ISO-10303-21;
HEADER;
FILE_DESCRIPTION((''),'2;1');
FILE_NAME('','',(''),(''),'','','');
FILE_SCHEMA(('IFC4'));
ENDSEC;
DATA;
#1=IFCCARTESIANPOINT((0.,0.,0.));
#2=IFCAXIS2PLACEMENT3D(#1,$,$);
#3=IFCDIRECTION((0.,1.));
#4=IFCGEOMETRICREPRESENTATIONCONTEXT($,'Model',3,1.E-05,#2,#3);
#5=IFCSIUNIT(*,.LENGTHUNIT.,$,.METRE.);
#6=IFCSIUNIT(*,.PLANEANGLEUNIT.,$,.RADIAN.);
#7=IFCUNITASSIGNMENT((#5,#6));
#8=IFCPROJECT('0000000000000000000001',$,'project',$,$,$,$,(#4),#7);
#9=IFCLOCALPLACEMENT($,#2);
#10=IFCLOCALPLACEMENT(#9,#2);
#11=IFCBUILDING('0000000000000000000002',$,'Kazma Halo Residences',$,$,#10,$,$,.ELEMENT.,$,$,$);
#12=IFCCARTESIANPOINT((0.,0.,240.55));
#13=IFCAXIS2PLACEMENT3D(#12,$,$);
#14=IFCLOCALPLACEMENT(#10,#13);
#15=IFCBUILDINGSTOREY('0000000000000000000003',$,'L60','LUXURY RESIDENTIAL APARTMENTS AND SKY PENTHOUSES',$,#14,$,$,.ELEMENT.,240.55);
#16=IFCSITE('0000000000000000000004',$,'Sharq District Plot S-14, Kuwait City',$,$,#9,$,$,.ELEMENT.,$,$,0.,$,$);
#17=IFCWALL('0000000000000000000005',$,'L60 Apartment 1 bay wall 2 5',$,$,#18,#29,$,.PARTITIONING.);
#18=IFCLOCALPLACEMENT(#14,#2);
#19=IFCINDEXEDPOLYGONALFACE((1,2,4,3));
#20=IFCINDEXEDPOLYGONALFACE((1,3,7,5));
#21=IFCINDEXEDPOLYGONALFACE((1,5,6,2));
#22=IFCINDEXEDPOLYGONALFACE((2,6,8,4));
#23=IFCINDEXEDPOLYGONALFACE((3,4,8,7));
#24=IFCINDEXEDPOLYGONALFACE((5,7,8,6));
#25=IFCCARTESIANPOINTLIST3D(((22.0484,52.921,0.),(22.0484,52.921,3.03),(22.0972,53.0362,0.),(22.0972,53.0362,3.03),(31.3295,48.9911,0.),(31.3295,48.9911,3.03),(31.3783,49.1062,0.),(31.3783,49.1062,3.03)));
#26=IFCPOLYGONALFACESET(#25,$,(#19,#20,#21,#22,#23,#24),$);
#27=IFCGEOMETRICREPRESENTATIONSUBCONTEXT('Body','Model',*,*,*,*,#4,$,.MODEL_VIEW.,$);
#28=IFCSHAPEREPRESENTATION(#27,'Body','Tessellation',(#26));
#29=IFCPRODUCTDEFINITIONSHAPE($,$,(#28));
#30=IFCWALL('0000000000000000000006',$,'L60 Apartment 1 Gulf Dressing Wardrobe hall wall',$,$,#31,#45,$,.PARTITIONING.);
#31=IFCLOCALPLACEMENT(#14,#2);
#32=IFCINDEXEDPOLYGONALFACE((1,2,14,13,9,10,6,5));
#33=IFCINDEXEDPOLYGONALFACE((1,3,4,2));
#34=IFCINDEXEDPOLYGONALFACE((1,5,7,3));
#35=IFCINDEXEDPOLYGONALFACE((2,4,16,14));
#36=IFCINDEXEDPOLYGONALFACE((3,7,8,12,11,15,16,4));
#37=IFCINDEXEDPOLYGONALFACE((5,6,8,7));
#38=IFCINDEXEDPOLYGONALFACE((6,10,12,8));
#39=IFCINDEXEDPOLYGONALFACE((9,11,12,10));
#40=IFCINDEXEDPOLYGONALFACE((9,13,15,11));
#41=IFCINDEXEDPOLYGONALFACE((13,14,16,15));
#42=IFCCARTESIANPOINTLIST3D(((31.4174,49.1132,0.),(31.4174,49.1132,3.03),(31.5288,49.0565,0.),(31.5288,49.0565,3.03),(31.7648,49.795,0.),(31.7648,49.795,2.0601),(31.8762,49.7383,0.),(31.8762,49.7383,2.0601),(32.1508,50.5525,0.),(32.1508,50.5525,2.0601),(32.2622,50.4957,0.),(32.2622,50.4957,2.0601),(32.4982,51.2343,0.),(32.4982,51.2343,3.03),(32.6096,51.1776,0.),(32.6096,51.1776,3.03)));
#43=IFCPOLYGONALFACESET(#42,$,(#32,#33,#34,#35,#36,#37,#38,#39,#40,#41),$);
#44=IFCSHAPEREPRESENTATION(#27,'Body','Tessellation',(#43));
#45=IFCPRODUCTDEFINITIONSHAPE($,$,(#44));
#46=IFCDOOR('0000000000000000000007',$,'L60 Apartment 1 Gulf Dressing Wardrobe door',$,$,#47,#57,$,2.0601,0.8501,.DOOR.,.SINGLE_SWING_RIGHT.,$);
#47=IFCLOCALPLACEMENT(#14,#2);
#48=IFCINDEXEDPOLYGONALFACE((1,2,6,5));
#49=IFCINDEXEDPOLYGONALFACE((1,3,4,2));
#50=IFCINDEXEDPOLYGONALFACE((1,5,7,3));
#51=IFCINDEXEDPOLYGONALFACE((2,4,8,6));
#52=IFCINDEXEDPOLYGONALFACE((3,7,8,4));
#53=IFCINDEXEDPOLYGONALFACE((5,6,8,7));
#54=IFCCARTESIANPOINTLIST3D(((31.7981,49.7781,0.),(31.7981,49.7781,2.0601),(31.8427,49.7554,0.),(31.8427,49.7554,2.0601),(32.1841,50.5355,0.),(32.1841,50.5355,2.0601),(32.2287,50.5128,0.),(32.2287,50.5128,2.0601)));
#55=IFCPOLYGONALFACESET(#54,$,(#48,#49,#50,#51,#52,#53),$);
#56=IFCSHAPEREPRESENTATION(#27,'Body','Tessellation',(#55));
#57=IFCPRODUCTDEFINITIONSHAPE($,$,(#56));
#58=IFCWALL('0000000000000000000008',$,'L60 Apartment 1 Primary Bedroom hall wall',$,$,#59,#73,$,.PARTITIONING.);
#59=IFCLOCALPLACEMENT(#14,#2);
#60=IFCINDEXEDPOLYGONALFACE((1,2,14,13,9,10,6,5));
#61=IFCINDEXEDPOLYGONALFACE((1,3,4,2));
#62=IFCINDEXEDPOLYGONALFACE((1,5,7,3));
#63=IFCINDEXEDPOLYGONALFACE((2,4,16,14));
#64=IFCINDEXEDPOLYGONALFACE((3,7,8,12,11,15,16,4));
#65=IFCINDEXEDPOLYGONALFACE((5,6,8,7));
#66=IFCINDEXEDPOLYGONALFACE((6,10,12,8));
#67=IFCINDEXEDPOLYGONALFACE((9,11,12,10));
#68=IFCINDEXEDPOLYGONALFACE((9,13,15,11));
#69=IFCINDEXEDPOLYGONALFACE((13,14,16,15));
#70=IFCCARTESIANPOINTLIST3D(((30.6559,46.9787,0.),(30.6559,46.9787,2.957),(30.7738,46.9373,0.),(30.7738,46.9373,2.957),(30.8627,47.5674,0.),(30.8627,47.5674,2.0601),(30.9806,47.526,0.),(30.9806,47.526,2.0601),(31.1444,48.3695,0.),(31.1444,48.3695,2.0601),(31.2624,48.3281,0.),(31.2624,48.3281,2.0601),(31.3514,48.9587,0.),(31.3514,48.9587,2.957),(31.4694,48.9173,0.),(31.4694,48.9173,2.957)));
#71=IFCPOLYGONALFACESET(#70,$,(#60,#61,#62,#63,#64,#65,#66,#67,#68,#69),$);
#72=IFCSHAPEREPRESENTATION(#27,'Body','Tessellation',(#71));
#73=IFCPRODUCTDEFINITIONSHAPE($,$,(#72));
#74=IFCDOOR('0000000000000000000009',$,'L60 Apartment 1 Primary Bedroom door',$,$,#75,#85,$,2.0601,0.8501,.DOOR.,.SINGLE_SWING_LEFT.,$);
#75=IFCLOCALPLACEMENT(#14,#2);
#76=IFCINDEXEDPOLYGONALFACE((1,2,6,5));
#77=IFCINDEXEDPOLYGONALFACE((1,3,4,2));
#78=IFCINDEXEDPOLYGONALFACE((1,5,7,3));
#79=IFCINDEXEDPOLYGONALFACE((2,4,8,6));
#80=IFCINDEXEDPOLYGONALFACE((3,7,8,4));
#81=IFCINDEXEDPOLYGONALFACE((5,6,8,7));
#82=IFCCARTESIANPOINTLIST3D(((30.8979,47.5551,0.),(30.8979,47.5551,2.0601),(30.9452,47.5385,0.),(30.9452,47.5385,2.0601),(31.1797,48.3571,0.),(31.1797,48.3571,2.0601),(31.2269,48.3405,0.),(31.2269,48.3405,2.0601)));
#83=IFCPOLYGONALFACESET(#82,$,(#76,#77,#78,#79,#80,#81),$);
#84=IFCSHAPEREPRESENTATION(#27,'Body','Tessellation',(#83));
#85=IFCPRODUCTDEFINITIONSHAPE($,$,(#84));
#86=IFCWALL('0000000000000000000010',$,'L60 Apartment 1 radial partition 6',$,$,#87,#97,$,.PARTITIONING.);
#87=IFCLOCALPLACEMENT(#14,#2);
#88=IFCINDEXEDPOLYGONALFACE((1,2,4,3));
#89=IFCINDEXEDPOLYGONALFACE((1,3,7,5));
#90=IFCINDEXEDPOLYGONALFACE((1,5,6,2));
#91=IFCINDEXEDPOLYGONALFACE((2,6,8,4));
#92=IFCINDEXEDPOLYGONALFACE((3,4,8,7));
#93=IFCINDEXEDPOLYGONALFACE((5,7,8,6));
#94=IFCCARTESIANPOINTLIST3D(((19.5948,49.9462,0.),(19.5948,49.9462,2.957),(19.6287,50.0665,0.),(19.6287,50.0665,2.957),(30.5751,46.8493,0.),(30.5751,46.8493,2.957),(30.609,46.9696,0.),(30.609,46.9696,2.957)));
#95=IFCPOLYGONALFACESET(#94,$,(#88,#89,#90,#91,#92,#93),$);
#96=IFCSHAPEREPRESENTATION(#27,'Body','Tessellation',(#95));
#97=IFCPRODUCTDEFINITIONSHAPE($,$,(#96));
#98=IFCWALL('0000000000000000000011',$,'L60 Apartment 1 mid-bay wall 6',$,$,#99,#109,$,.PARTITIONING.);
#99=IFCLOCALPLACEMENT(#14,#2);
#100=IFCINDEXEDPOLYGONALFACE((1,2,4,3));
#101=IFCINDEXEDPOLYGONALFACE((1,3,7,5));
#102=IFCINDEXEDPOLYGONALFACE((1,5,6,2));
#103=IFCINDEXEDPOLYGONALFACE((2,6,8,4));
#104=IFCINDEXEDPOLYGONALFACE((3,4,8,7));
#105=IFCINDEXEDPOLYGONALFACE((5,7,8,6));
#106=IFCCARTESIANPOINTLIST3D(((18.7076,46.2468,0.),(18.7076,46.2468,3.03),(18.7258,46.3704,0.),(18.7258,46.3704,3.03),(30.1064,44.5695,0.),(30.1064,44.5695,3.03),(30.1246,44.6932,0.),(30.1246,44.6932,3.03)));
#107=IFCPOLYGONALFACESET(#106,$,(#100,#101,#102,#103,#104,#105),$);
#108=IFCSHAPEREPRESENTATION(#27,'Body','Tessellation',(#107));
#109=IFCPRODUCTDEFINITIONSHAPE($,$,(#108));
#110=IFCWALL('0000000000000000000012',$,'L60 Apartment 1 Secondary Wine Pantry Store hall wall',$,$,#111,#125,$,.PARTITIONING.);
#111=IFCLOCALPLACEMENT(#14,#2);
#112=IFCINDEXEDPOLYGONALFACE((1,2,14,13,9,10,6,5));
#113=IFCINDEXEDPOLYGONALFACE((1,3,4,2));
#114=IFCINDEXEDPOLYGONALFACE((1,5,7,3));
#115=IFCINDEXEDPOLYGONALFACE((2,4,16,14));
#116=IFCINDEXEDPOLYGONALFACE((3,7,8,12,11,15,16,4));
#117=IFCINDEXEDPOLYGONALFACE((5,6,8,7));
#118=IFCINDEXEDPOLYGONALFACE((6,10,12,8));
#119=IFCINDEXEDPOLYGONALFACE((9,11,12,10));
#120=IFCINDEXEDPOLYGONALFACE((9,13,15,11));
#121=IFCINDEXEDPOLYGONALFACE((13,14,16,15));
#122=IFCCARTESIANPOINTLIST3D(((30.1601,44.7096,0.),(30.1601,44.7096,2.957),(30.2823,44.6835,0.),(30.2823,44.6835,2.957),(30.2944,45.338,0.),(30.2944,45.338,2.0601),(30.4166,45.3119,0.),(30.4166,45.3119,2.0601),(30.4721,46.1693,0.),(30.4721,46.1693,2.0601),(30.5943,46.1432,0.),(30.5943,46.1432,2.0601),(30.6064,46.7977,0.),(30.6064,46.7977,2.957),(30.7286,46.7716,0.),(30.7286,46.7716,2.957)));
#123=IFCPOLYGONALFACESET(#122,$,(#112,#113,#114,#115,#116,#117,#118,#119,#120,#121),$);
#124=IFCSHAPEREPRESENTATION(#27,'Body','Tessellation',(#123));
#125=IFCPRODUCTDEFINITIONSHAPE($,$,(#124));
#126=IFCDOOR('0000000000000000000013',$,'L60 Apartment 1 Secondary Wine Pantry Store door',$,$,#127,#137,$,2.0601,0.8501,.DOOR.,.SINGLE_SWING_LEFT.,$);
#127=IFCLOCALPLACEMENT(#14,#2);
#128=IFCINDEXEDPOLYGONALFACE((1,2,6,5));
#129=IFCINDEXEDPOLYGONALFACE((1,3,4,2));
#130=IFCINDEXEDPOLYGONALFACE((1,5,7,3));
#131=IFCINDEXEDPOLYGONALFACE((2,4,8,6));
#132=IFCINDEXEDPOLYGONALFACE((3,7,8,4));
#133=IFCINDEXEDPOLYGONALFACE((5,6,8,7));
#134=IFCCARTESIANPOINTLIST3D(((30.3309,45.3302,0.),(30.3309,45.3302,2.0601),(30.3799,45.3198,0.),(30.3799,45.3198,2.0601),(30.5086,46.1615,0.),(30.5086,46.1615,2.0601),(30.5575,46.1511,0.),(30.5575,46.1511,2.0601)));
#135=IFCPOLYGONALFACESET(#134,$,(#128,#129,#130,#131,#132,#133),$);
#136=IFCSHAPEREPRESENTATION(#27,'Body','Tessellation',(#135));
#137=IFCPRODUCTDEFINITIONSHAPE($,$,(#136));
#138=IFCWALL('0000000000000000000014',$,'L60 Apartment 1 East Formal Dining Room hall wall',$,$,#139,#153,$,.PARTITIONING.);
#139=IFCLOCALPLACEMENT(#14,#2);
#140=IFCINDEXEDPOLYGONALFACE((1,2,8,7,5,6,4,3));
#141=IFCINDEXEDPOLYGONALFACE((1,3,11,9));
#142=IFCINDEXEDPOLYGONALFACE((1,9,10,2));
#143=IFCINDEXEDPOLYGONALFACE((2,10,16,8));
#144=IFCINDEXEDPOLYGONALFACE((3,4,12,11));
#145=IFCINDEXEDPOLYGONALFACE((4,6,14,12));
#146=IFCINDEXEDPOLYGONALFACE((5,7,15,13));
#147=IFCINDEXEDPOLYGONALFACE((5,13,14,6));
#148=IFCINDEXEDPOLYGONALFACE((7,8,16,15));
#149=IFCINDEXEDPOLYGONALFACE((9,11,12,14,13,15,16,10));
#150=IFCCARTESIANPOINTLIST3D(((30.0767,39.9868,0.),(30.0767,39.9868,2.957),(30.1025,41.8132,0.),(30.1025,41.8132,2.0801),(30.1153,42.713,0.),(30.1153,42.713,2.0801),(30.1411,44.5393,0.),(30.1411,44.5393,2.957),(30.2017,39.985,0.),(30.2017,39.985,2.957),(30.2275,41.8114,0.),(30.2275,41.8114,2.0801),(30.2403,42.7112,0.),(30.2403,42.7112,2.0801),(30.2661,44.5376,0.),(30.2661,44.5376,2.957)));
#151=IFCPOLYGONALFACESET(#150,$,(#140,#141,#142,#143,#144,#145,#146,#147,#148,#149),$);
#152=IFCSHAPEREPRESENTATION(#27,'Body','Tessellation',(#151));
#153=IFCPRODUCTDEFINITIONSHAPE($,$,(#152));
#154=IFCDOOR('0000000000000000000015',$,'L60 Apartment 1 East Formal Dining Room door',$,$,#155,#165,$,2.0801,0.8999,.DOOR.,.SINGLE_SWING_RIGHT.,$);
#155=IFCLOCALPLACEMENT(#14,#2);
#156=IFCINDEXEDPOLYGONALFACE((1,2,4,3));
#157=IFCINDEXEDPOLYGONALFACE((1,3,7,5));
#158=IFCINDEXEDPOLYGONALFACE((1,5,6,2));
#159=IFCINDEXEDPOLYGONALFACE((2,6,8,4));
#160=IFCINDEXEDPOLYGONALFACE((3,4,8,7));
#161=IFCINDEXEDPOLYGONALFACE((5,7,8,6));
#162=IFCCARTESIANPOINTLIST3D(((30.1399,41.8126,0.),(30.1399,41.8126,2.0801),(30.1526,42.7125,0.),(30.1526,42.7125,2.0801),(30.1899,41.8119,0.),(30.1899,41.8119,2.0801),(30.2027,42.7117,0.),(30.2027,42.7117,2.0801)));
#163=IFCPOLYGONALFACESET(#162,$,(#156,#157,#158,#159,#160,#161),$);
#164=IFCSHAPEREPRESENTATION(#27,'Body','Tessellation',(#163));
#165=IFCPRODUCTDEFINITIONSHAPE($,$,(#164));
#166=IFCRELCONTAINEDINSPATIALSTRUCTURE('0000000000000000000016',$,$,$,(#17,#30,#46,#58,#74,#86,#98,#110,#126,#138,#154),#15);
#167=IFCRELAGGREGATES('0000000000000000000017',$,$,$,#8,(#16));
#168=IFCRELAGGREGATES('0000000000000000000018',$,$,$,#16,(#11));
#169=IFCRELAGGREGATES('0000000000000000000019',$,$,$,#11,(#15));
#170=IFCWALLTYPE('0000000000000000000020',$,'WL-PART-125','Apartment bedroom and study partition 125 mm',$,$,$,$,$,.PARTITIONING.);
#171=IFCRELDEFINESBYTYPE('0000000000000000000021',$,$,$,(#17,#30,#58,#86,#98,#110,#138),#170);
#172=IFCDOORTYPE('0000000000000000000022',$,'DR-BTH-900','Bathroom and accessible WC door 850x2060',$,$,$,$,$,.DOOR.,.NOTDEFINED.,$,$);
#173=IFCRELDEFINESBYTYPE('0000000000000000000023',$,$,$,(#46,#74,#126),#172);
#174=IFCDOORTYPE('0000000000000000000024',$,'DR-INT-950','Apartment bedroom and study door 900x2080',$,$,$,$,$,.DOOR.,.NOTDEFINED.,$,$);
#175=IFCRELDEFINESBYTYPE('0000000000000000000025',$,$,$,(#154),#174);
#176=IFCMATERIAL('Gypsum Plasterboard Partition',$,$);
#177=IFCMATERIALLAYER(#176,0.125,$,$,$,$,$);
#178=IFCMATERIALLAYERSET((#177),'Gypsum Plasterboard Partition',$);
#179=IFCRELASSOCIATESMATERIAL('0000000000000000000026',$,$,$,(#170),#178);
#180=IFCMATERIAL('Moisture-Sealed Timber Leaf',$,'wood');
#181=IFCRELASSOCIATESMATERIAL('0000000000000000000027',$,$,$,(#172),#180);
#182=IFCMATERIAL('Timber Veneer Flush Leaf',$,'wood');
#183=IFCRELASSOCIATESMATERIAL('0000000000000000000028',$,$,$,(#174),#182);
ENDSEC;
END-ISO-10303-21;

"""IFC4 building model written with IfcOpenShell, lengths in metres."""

from ifc_helpers import new_model, si_unit, direction, frame, frame_2d, origin, place, context, subcontext, project, spatial, rectangle, extrude, material, layer, layer_set, type_object, element, fill, save


model = new_model("IFC4")

# Units and contexts
model_context = context("Model", 3, precision=1e-05, world=origin(), true_north=direction((0.0, 1.0)))
body_context = subcontext(model_context, "Body", "Model", "MODEL_VIEW")
ifc_project = project(units=[si_unit("LENGTHUNIT", "METRE"), si_unit("PLANEANGLEUNIT", "RADIAN")], contexts=[model_context])

# Site, building, storey
site_placement = place(None, origin())
site = spatial("IfcSite", under=ifc_project, at=site_placement, Name="Sharq District Plot S-14, Kuwait City", CompositionType="ELEMENT", RefElevation=0.0)
building_placement = place(site_placement, origin())
building = spatial("IfcBuilding", under=site, at=building_placement, Name="Kazma Halo Residences", CompositionType="ELEMENT")
storey_placement = place(building_placement, frame((0.0, 0.0, 240.55)))
storey = spatial("IfcBuildingStorey", under=building, at=storey_placement, Name="L60", Description="LUXURY RESIDENTIAL APARTMENTS AND SKY PENTHOUSES", CompositionType="ELEMENT", Elevation=240.55)

# Wall
ifc_material_1 = material(Name="Gypsum Plasterboard Partition")
ifc_layer_1 = layer(ifc_material_1, 0.125)
ifc_layer_set_1 = layer_set([ifc_layer_1], Name="Gypsum Plasterboard Partition")
wall_type_1 = type_object("IfcWallType", Name="WL-PART-125", Description="Apartment bedroom and study partition 125 mm", PredefinedType="PARTITIONING", material=ifc_layer_set_1)
wall_1_placement = place(storey_placement, frame((31.354, 49.0486, 0.0), z_axis=(0.0, 0.0, 1.0), x_axis=(-0.920848, 0.389922, 0.0)))
element("IfcWall", 1, at=wall_1_placement, inside=storey, type_object=wall_type_1, Name="L60 Apartment 1 bay wall 2 5", PredefinedType="PARTITIONING", context=body_context, shape_type="SweptSolid", body=[
    extrude(rectangle(XDim=10.0789, YDim=0.125, at=frame_2d((5.0396, 0.0))), origin(), (0.0, 0.0, 1.0), 3.03),
])

# Walls, openings, doors
wall_2_placement = place(storey_placement, frame((32.554, 51.2061, 0.0), z_axis=(0.0, 0.0, 1.0), x_axis=(-0.45401, -0.890996, 0.0)))
wall_2 = element("IfcWall", 2, at=wall_2_placement, inside=storey, type_object=wall_type_1, Name="L60 Apartment 1 Gulf Dressing Wardrobe hall wall", PredefinedType="PARTITIONING", context=body_context, shape_type="SweptSolid", body=[
    extrude(rectangle(XDim=2.3806, YDim=0.125, at=frame_2d((1.1904, 0.0))), origin(), (0.0, 0.0, 1.0), 3.03),
])
opening_1_placement = place(wall_2_placement, frame((0.7654, 0.0, 0.0)))
opening_1 = element("IfcOpeningElement", 3, at=opening_1_placement, cuts=wall_2, PredefinedType="OPENING", context=body_context, shape_type="SweptSolid", body=[
    extrude(rectangle(XDim=0.8501, YDim=2.0601, at=frame_2d((0.425, 1.03))), frame((0.0, 0.0725, 0.0), z_axis=(0.0, -1.0, 0.0), x_axis=(1.0, 0.0, 0.0)), (0.0, 0.0, 1.0), 0.145),
])
ifc_material_2 = material(Name="Moisture-Sealed Timber Leaf", Category="wood")
door_type_1 = type_object("IfcDoorType", Name="DR-BTH-900", Description="Bathroom and accessible WC door 850x2060", OperationType="NOTDEFINED", PredefinedType="DOOR", material=ifc_material_2)
door_1_placement = place(opening_1_placement, origin())
door_1 = element("IfcDoor", 4, at=door_1_placement, inside=storey, type_object=door_type_1, Name="L60 Apartment 1 Gulf Dressing Wardrobe door", OperationType="SINGLE_SWING_RIGHT", OverallHeight=2.0601, OverallWidth=0.8501, PredefinedType="DOOR", context=body_context, shape_type="SweptSolid", body=[
    extrude(rectangle(XDim=0.8501, YDim=2.0601, at=frame_2d((0.425, 1.03))), frame((0.0, 0.0249, 0.0), z_axis=(0.0, -1.0, 0.0), x_axis=(1.0, 0.0, 0.0)), (0.0, 0.0, 1.0), 0.05),
])
fill(opening_1, door_1)
wall_3_placement = place(storey_placement, frame((31.4104, 48.938, 0.0), z_axis=(0.0, 0.0, 1.0), x_axis=(-0.331438, -0.943477, 0.0)))
wall_3 = element("IfcWall", 5, at=wall_3_placement, inside=storey, type_object=wall_type_1, Name="L60 Apartment 1 Primary Bedroom hall wall", PredefinedType="PARTITIONING", context=body_context, shape_type="SweptSolid", body=[
    extrude(rectangle(XDim=2.0986, YDim=0.125, at=frame_2d((1.0493, 0.0))), origin(), (0.0, 0.0, 1.0), 2.957),
])
opening_2_placement = place(wall_3_placement, frame((0.6245, 0.0, 0.0)))
opening_2 = element("IfcOpeningElement", 6, at=opening_2_placement, cuts=wall_3, PredefinedType="OPENING", context=body_context, shape_type="SweptSolid", body=[
    extrude(rectangle(XDim=0.8501, YDim=2.0601, at=frame_2d((0.425, 1.03))), frame((0.0, 0.0725, 0.0), z_axis=(0.0, -1.0, 0.0), x_axis=(1.0, 0.0, 0.0)), (0.0, 0.0, 1.0), 0.145),
])
door_2_placement = place(opening_2_placement, origin())
door_2 = element("IfcDoor", 7, at=door_2_placement, inside=storey, type_object=door_type_1, Name="L60 Apartment 1 Primary Bedroom door", OperationType="SINGLE_SWING_LEFT", OverallHeight=2.0601, OverallWidth=0.8501, PredefinedType="DOOR", context=body_context, shape_type="SweptSolid", body=[
    extrude(rectangle(XDim=0.8501, YDim=2.0601, at=frame_2d((0.425, 1.03))), frame((0.0, 0.0249, 0.0), z_axis=(0.0, -1.0, 0.0), x_axis=(1.0, 0.0, 0.0)), (0.0, 0.0, 1.0), 0.05),
])
fill(opening_2, door_2)

# Walls
wall_4_placement = place(storey_placement, frame((30.592, 46.9094, 0.0), z_axis=(0.0, 0.0, 1.0), x_axis=(-0.962451, 0.271455, 0.0)))
element("IfcWall", 8, at=wall_4_placement, inside=storey, type_object=wall_type_1, Name="L60 Apartment 1 radial partition 6", PredefinedType="PARTITIONING", context=body_context, shape_type="SweptSolid", body=[
    extrude(rectangle(XDim=11.4087, YDim=0.125, at=frame_2d((5.7043, 0.0))), origin(), (0.0, 0.0, 1.0), 2.957),
])
wall_5_placement = place(storey_placement, frame((30.1155, 44.6313, 0.0), z_axis=(0.0, 0.0, 1.0), x_axis=(-0.989347, 0.145576, 0.0)))
element("IfcWall", 9, at=wall_5_placement, inside=storey, type_object=wall_type_1, Name="L60 Apartment 1 mid-bay wall 6", PredefinedType="PARTITIONING", context=body_context, shape_type="SweptSolid", body=[
    extrude(rectangle(XDim=11.5215, YDim=0.125, at=frame_2d((5.7607, 0.0))), origin(), (0.0, 0.0, 1.0), 3.03),
])

# Walls, openings, doors
wall_6_placement = place(storey_placement, frame((30.6675, 46.7847, 0.0), z_axis=(0.0, 0.0, 1.0), x_axis=(-0.209006, -0.977914, 0.0)))
wall_6 = element("IfcWall", 10, at=wall_6_placement, inside=storey, type_object=wall_type_1, Name="L60 Apartment 1 Secondary Wine Pantry Store hall wall", PredefinedType="PARTITIONING", context=body_context, shape_type="SweptSolid", body=[
    extrude(rectangle(XDim=2.1353, YDim=0.125, at=frame_2d((1.0676, 0.0))), origin(), (0.0, 0.0, 1.0), 2.957),
])
opening_3_placement = place(wall_6_placement, frame((0.6426, 0.0, 0.0)))
opening_3 = element("IfcOpeningElement", 11, at=opening_3_placement, cuts=wall_6, PredefinedType="OPENING", context=body_context, shape_type="SweptSolid", body=[
    extrude(rectangle(XDim=0.8501, YDim=2.0601, at=frame_2d((0.425, 1.03))), frame((0.0, 0.0725, 0.0), z_axis=(0.0, -1.0, 0.0), x_axis=(1.0, 0.0, 0.0)), (0.0, 0.0, 1.0), 0.145),
])
door_3_placement = place(opening_3_placement, origin())
door_3 = element("IfcDoor", 12, at=door_3_placement, inside=storey, type_object=door_type_1, Name="L60 Apartment 1 Secondary Wine Pantry Store door", OperationType="SINGLE_SWING_LEFT", OverallHeight=2.0601, OverallWidth=0.8501, PredefinedType="DOOR", context=body_context, shape_type="SweptSolid", body=[
    extrude(rectangle(XDim=0.8501, YDim=2.0601, at=frame_2d((0.425, 1.03))), frame((0.0, 0.0249, 0.0), z_axis=(0.0, -1.0, 0.0), x_axis=(1.0, 0.0, 0.0)), (0.0, 0.0, 1.0), 0.05),
])
fill(opening_3, door_3)
wall_7_placement = place(storey_placement, frame((30.2036, 44.5383, 0.0), z_axis=(0.0, 0.0, 1.0), x_axis=(-0.014156, -0.9999, 0.0)))
wall_7 = element("IfcWall", 13, at=wall_7_placement, inside=storey, type_object=wall_type_1, Name="L60 Apartment 1 East Formal Dining Room hall wall", PredefinedType="PARTITIONING", context=body_context, shape_type="SweptSolid", body=[
    extrude(rectangle(XDim=4.553, YDim=0.125, at=frame_2d((2.2764, 0.0))), origin(), (0.0, 0.0, 1.0), 2.957),
])
opening_4_placement = place(wall_7_placement, frame((1.8264, 0.0, 0.0)))
opening_4 = element("IfcOpeningElement", 14, at=opening_4_placement, cuts=wall_7, PredefinedType="OPENING", context=body_context, shape_type="SweptSolid", body=[
    extrude(rectangle(XDim=0.8999, YDim=2.0801, at=frame_2d((0.45, 1.04))), frame((0.0, 0.0725, 0.0), z_axis=(0.0, -1.0, 0.0), x_axis=(1.0, 0.0, 0.0)), (0.0, 0.0, 1.0), 0.145),
])
ifc_material_3 = material(Name="Timber Veneer Flush Leaf", Category="wood")
door_type_2 = type_object("IfcDoorType", Name="DR-INT-950", Description="Apartment bedroom and study door 900x2080", OperationType="NOTDEFINED", PredefinedType="DOOR", material=ifc_material_3)
door_4_placement = place(opening_4_placement, origin())
door_4 = element("IfcDoor", 15, at=door_4_placement, inside=storey, type_object=door_type_2, Name="L60 Apartment 1 East Formal Dining Room door", OperationType="SINGLE_SWING_RIGHT", OverallHeight=2.0801, OverallWidth=0.8999, PredefinedType="DOOR", context=body_context, shape_type="SweptSolid", body=[
    extrude(rectangle(XDim=0.8999, YDim=2.0801, at=frame_2d((0.45, 1.04))), frame((0.0, 0.0249, 0.0), z_axis=(0.0, -1.0, 0.0), x_axis=(1.0, 0.0, 0.0)), (0.0, 0.0, 1.0), 0.05),
])
fill(opening_4, door_4)

save(model, "model.ifc")
